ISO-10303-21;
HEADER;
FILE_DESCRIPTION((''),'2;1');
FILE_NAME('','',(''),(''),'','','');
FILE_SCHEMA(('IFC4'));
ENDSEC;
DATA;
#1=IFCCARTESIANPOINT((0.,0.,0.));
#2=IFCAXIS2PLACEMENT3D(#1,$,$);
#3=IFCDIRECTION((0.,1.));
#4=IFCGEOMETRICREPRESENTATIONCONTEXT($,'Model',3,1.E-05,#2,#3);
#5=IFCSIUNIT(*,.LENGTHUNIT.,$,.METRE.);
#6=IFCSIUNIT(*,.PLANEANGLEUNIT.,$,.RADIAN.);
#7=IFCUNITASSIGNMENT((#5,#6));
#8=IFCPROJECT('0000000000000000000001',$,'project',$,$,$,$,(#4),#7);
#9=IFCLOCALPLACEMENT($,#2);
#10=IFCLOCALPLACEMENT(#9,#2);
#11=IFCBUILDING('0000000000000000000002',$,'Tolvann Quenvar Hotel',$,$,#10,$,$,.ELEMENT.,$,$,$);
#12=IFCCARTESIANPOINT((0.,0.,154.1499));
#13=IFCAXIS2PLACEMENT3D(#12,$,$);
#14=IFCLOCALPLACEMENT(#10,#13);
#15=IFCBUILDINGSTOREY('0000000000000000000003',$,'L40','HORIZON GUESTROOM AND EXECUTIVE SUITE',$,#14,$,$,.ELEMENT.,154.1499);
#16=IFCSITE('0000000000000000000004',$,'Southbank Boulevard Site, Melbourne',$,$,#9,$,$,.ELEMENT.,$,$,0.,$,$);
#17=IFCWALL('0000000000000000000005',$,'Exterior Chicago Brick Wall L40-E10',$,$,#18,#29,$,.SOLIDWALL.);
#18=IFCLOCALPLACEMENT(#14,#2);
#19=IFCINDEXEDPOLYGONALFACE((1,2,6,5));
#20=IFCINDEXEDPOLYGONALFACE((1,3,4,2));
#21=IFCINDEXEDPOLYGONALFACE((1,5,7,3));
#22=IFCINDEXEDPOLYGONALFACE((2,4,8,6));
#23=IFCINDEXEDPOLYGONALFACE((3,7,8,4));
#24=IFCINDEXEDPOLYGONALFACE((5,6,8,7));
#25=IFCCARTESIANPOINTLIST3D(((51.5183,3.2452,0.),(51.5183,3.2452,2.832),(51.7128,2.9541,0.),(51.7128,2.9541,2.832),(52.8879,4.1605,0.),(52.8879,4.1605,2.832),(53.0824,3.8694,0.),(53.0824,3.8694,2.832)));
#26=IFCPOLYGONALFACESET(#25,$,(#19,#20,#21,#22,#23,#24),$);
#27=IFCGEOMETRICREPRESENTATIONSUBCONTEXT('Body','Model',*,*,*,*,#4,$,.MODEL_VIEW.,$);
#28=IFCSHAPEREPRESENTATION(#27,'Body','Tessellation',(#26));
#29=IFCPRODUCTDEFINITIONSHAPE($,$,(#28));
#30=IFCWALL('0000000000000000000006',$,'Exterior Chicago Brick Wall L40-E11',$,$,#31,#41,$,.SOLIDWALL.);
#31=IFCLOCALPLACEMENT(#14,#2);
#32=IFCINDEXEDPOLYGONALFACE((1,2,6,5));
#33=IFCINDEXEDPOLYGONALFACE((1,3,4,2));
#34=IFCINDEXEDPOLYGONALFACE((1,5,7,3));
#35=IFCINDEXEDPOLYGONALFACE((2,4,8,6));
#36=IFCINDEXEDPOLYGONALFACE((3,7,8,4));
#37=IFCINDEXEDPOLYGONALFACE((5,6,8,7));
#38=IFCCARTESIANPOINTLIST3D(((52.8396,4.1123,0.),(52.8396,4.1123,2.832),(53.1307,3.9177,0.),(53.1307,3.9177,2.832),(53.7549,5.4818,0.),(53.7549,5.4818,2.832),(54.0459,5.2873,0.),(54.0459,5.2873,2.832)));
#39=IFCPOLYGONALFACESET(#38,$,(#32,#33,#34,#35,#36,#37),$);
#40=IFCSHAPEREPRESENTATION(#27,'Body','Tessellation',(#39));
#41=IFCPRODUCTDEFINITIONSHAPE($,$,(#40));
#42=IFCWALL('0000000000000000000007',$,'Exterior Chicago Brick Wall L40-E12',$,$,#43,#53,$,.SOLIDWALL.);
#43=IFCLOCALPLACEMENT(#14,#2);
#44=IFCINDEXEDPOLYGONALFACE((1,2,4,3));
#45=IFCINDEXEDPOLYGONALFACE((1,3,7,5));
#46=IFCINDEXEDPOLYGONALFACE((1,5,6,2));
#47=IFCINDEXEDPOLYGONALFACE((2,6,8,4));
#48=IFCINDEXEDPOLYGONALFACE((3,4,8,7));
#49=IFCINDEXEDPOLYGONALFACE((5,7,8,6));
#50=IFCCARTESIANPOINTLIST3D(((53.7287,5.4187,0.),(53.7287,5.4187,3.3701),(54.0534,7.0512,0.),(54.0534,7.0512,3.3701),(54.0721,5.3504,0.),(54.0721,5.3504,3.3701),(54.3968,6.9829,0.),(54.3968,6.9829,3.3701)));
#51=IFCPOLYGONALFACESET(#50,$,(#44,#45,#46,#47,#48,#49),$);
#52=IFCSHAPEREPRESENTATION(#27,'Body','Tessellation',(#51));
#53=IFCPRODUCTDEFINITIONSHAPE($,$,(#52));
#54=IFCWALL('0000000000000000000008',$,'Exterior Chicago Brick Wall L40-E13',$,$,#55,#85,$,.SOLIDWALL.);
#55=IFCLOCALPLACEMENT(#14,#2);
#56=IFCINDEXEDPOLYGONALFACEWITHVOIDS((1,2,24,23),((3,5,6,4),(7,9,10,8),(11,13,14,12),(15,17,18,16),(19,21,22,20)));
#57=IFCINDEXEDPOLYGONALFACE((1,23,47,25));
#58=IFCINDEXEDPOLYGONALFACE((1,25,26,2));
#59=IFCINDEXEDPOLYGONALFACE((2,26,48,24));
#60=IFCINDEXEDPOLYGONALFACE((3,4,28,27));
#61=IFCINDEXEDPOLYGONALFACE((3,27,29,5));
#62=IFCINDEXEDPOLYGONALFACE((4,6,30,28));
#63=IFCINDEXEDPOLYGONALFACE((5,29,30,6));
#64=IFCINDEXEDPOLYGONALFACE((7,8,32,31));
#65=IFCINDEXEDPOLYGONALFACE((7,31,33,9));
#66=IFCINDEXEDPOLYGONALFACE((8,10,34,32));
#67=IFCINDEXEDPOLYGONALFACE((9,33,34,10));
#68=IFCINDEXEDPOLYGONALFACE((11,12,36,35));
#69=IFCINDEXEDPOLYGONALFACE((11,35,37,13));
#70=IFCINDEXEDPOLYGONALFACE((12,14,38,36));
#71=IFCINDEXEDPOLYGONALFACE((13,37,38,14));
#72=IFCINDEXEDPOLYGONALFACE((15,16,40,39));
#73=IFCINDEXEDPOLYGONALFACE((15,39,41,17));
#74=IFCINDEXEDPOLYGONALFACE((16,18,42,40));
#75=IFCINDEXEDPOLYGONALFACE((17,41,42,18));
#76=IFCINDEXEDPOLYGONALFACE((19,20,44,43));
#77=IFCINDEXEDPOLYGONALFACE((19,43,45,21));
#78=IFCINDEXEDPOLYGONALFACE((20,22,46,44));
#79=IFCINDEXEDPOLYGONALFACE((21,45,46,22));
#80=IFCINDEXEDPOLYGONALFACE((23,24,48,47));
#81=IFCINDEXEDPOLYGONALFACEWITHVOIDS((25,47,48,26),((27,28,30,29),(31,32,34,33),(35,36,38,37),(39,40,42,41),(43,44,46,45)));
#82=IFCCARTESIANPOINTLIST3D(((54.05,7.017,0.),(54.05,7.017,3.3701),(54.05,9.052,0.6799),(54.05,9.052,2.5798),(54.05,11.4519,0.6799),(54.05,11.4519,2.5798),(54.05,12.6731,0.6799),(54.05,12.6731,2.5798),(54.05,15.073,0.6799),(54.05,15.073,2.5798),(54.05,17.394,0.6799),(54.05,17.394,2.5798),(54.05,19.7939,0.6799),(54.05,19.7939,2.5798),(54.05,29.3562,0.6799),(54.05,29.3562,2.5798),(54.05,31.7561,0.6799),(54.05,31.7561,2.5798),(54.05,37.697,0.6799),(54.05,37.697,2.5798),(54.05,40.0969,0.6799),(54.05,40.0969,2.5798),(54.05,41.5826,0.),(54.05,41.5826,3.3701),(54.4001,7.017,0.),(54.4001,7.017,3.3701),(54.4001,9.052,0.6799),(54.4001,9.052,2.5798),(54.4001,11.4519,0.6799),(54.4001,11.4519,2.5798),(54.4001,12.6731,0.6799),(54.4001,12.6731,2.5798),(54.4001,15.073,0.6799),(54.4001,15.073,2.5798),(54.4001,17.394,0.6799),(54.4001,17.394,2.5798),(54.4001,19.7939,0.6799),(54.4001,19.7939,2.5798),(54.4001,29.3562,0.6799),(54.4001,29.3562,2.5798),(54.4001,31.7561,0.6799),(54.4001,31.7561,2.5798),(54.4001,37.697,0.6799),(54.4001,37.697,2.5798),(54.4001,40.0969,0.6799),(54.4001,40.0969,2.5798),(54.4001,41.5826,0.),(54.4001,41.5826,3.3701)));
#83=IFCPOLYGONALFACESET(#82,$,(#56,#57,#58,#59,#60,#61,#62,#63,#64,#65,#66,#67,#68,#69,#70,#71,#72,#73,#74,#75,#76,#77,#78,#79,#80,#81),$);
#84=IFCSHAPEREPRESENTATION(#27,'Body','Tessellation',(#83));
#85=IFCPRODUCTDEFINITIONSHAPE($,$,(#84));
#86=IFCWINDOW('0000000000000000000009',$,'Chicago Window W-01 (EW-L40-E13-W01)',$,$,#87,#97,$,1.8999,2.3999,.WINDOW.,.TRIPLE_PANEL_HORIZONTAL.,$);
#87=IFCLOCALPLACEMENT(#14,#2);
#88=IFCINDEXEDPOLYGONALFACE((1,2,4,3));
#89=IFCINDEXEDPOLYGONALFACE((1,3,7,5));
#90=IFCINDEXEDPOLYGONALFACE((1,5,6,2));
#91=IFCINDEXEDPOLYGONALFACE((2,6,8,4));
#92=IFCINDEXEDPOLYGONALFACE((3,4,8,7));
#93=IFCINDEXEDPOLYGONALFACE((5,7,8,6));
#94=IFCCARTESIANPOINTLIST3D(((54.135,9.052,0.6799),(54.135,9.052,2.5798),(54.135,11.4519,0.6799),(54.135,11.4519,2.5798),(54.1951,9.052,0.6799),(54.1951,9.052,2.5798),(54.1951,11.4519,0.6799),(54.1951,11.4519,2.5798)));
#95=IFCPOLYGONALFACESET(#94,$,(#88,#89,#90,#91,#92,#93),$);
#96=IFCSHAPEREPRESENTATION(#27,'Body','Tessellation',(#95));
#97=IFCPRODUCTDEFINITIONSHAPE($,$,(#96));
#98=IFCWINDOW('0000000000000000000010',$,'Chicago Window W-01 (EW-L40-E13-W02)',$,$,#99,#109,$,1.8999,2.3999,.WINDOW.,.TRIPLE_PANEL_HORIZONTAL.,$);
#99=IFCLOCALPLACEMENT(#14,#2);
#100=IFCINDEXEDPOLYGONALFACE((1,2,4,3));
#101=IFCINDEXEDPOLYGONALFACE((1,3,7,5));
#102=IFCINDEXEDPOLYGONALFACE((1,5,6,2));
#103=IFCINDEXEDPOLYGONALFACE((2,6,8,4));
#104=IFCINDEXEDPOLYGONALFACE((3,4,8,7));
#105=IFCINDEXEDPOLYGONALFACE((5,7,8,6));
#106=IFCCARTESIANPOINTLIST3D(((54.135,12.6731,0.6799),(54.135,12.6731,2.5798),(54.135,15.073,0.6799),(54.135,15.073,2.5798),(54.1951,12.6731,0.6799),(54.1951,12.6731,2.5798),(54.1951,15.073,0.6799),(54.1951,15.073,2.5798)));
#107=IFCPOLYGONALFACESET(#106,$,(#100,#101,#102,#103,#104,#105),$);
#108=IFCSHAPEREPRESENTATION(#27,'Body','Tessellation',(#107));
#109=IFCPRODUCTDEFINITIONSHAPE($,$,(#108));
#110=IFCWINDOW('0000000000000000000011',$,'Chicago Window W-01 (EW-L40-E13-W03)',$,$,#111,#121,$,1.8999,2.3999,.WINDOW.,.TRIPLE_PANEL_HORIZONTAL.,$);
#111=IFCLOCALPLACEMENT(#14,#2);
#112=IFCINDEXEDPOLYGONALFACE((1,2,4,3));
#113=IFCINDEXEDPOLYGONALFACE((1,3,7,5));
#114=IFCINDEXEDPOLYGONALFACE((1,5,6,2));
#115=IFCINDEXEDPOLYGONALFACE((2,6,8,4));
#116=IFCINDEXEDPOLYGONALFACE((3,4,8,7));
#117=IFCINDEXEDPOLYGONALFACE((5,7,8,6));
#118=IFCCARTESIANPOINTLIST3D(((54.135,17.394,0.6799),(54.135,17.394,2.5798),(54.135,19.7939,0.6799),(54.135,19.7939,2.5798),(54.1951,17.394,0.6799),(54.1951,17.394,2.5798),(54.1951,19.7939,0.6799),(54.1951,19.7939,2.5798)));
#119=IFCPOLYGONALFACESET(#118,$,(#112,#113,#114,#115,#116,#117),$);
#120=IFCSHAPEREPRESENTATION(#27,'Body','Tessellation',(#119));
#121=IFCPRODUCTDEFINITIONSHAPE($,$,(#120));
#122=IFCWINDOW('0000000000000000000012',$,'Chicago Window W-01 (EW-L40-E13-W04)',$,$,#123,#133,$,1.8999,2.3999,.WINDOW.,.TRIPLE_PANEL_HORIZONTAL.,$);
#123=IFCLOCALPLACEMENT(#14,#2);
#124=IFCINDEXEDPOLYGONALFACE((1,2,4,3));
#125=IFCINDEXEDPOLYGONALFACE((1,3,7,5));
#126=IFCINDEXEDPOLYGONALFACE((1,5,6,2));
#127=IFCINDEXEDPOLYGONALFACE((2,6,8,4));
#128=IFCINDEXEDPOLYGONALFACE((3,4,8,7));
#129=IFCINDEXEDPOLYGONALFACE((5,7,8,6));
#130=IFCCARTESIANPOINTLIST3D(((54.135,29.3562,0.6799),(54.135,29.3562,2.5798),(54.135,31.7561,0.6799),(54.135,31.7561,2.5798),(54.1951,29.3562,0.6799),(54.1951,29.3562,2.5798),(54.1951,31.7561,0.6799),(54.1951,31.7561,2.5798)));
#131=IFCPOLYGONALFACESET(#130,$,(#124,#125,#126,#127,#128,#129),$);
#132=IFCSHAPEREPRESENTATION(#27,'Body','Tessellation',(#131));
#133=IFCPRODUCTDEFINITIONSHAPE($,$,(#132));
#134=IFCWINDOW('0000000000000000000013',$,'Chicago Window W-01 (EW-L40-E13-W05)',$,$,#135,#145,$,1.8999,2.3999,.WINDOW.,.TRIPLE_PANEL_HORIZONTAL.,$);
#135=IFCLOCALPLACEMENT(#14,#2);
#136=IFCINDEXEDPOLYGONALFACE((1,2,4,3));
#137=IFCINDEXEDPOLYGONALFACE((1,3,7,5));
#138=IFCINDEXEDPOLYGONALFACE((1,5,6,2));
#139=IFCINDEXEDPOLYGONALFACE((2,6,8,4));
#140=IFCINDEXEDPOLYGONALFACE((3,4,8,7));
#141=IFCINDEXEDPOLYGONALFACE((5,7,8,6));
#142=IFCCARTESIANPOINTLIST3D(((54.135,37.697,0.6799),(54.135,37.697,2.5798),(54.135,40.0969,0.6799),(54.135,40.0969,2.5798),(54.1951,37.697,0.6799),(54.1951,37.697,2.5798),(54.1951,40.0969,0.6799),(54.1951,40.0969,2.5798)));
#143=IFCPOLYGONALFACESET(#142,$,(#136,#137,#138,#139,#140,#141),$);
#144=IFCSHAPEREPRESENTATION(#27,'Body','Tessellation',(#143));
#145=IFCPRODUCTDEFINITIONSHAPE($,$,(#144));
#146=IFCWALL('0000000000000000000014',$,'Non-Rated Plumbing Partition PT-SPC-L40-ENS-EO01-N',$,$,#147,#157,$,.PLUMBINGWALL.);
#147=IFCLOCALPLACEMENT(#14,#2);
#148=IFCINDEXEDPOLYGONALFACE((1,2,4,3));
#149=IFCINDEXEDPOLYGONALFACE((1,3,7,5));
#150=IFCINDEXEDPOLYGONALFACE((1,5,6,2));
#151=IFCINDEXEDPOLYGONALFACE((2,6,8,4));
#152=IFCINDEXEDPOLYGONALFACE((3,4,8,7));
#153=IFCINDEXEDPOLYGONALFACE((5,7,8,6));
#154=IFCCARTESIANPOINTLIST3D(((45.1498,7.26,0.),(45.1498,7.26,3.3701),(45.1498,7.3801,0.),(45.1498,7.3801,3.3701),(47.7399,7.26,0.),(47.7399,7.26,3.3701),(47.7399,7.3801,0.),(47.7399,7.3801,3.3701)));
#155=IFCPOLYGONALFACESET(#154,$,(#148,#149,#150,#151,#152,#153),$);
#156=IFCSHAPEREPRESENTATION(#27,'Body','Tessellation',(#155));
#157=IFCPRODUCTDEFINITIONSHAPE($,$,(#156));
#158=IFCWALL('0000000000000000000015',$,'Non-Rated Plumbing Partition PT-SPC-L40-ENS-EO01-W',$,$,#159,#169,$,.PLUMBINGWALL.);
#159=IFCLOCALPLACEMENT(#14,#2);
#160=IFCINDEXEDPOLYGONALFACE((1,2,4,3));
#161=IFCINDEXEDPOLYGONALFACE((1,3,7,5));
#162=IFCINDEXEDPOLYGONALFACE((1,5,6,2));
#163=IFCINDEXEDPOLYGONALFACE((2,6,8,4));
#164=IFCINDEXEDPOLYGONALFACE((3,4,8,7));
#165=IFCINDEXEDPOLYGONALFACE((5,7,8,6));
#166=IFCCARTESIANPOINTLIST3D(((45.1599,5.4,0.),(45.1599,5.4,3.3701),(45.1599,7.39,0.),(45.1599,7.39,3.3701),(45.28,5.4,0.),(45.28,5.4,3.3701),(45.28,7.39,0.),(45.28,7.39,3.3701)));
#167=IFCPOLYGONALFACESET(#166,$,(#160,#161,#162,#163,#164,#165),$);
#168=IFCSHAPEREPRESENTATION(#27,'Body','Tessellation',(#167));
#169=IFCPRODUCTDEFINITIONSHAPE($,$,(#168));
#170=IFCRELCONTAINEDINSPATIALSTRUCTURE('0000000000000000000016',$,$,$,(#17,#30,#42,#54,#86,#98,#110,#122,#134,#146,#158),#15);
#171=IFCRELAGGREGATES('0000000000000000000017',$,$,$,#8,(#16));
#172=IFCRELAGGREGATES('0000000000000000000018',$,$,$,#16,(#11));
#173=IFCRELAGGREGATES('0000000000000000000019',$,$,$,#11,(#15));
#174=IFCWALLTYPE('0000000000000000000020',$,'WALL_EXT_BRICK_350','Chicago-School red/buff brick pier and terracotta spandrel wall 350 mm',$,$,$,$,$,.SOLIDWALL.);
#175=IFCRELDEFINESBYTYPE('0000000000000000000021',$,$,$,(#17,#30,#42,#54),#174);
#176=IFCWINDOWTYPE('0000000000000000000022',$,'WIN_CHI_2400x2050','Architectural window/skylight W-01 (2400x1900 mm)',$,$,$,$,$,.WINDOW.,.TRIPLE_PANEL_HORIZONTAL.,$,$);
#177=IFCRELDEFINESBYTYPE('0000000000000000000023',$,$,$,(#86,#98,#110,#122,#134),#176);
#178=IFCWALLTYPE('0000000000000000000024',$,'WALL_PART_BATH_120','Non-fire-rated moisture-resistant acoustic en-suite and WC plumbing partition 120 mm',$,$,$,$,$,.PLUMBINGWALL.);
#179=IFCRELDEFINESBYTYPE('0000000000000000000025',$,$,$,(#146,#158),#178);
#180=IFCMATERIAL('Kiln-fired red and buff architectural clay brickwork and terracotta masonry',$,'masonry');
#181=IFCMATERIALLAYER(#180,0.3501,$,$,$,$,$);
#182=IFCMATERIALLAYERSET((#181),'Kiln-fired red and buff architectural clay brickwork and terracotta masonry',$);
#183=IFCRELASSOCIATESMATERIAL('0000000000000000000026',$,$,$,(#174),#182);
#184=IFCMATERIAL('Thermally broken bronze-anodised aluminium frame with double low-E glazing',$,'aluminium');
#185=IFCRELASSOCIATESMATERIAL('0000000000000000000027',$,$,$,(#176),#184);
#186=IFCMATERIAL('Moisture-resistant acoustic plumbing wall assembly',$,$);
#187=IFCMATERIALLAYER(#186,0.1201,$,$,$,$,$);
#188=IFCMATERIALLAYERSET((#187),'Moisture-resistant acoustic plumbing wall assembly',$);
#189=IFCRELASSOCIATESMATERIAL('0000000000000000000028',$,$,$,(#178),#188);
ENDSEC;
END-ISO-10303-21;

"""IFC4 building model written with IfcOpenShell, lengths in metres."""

from ifc_helpers import new_model, si_unit, direction, frame, frame_2d, origin, place, context, subcontext, project, spatial, rectangle, extrude, source, transform, mapped, material, layer, layer_set, type_object, type_shapes, element, fill, save


model = new_model("IFC4")

# Units and contexts
model_context = context("Model", 3, precision=1e-05, world=origin(), true_north=direction((0.0, 1.0)))
body_context = subcontext(model_context, "Body", "Model", "MODEL_VIEW")
ifc_project = project(units=[si_unit("LENGTHUNIT", "METRE"), si_unit("PLANEANGLEUNIT", "RADIAN")], contexts=[model_context])

# Site, building, storey
site_placement = place(None, origin())
site = spatial("IfcSite", under=ifc_project, at=site_placement, Name="Southbank Boulevard Site, Melbourne", CompositionType="ELEMENT", RefElevation=0.0)
building_placement = place(site_placement, origin())
building = spatial("IfcBuilding", under=site, at=building_placement, Name="Tolvann Quenvar Hotel", CompositionType="ELEMENT")
storey_placement = place(building_placement, frame((0.0, 0.0, 154.1499)))
storey = spatial("IfcBuildingStorey", under=building, at=storey_placement, Name="L40", Description="HORIZON GUESTROOM AND EXECUTIVE SUITE", CompositionType="ELEMENT", Elevation=154.1499)

# Walls
ifc_material_1 = material(Name="Kiln-fired red and buff architectural clay brickwork and terracotta masonry", Category="masonry")
ifc_layer_1 = layer(ifc_material_1, 0.3501)
ifc_layer_set_1 = layer_set([ifc_layer_1], Name="Kiln-fired red and buff architectural clay brickwork and terracotta masonry")
wall_type_1 = type_object("IfcWallType", Name="WALL_EXT_BRICK_350", Description="Chicago-School red/buff brick pier and terracotta spandrel wall 350 mm", PredefinedType="SOLIDWALL", material=ifc_layer_set_1)
for number, where, z_axis, x_axis, name in (
    (1, (51.6155, 3.0996, 0.0), (0.0, 0.0, 1.0), (0.831434, 0.555623, 0.0), "Exterior Chicago Brick Wall L40-E10"),
    (2, (52.9851, 4.0149, 0.0), (0.0, 0.0, 1.0), (0.555623, 0.831434, 0.0), "Exterior Chicago Brick Wall L40-E11"),
):
    element("IfcWall", number, at=place(storey_placement, frame(where, z_axis=z_axis, x_axis=x_axis)), inside=storey, type_object=wall_type_1, Name=name, PredefinedType="SOLIDWALL", context=body_context, shape_type="SweptSolid", body=[
        extrude(rectangle(XDim=1.6472, YDim=0.3501, at=frame_2d((0.8237, 0.0))), origin(), (0.0, 0.0, 1.0), 2.832),
    ])
wall_1_placement = place(storey_placement, frame((53.9004, 5.3845, 0.0), z_axis=(0.0, 0.0, 1.0), x_axis=(0.195072, 0.980789, 0.0)))
element("IfcWall", 3, at=wall_1_placement, inside=storey, type_object=wall_type_1, Name="Exterior Chicago Brick Wall L40-E12", PredefinedType="SOLIDWALL", context=body_context, shape_type="SweptSolid", body=[
    extrude(rectangle(XDim=1.6646, YDim=0.3501, at=frame_2d((0.8323, 0.0))), origin(), (0.0, 0.0, 1.0), 3.3701),
])

# Wall, openings, windows
wall_2_placement = place(storey_placement, frame((54.2251, 7.0171, 0.0), z_axis=(0.0, 0.0, 1.0), x_axis=(0.0, 1.0, 0.0)))
wall_2 = element("IfcWall", 4, at=wall_2_placement, inside=storey, type_object=wall_type_1, Name="Exterior Chicago Brick Wall L40-E13", PredefinedType="SOLIDWALL", context=body_context, shape_type="SweptSolid", body=[
    extrude(rectangle(XDim=34.5657, YDim=0.3501, at=frame_2d((17.2827, 0.0))), origin(), (0.0, 0.0, 1.0), 3.3701),
])
opening_1_placement = place(wall_2_placement, frame((2.0349, 0.0, 0.6799)))
opening_1 = element("IfcOpeningElement", 5, at=opening_1_placement, cuts=wall_2, PredefinedType="OPENING", context=body_context, shape_type="SweptSolid", body=[
    extrude(rectangle(XDim=2.3999, YDim=1.8999, at=frame_2d((1.2, 0.95))), frame((0.0, 0.1851, 0.0), z_axis=(0.0, -1.0, 0.0), x_axis=(1.0, 0.0, 0.0)), (0.0, 0.0, 1.0), 0.3701),
])
opening_2_placement = place(wall_2_placement, frame((5.656, 0.0, 0.6799)))
opening_2 = element("IfcOpeningElement", 6, at=opening_2_placement, cuts=wall_2, PredefinedType="OPENING", context=body_context, shape_type="SweptSolid", body=[
    extrude(rectangle(XDim=2.3999, YDim=1.8999, at=frame_2d((1.2, 0.95))), frame((0.0, 0.1851, 0.0), z_axis=(0.0, -1.0, 0.0), x_axis=(1.0, 0.0, 0.0)), (0.0, 0.0, 1.0), 0.3701),
])
opening_3_placement = place(wall_2_placement, frame((10.377, 0.0, 0.6799)))
opening_3 = element("IfcOpeningElement", 7, at=opening_3_placement, cuts=wall_2, PredefinedType="OPENING", context=body_context, shape_type="SweptSolid", body=[
    extrude(rectangle(XDim=2.3999, YDim=1.8999, at=frame_2d((1.2, 0.95))), frame((0.0, 0.1851, 0.0), z_axis=(0.0, -1.0, 0.0), x_axis=(1.0, 0.0, 0.0)), (0.0, 0.0, 1.0), 0.3701),
])
opening_4_placement = place(wall_2_placement, frame((22.3391, 0.0, 0.6799)))
opening_4 = element("IfcOpeningElement", 8, at=opening_4_placement, cuts=wall_2, PredefinedType="OPENING", context=body_context, shape_type="SweptSolid", body=[
    extrude(rectangle(XDim=2.3999, YDim=1.8999, at=frame_2d((1.2, 0.95))), frame((0.0, 0.1851, 0.0), z_axis=(0.0, -1.0, 0.0), x_axis=(1.0, 0.0, 0.0)), (0.0, 0.0, 1.0), 0.3701),
])
opening_5_placement = place(wall_2_placement, frame((30.6799, 0.0, 0.6799)))
opening_5 = element("IfcOpeningElement", 9, at=opening_5_placement, cuts=wall_2, PredefinedType="OPENING", context=body_context, shape_type="SweptSolid", body=[
    extrude(rectangle(XDim=2.3999, YDim=1.8999, at=frame_2d((1.2, 0.95))), frame((0.0, 0.1851, 0.0), z_axis=(0.0, -1.0, 0.0), x_axis=(1.0, 0.0, 0.0)), (0.0, 0.0, 1.0), 0.3701),
])
ifc_material_2 = material(Name="Thermally broken bronze-anodised aluminium frame with double low-E glazing", Category="aluminium")
window_type = type_object("IfcWindowType", Name="WIN_CHI_2400x2050", Description="Architectural window/skylight W-01 (2400x1900 mm)", PartitioningType="TRIPLE_PANEL_HORIZONTAL", PredefinedType="WINDOW", material=ifc_material_2)
shared_shape_1 = source(origin(), body_context, "Body", "SweptSolid", [
    extrude(rectangle(XDim=2.3999, YDim=1.8999, at=frame_2d((1.2, 0.95))), frame((0.0, 0.0901, 0.0), z_axis=(0.0, -1.0, 0.0), x_axis=(1.0, 0.0, 0.0)), (0.0, 0.0, 1.0), 0.0601),
])
type_shapes(window_type, [shared_shape_1])
window_1_placement = place(opening_1_placement, origin())
window_1 = element("IfcWindow", 10, at=window_1_placement, inside=storey, type_object=window_type, Name="Chicago Window W-01 (EW-L40-E13-W01)", OverallHeight=1.8999, OverallWidth=2.3999, PartitioningType="TRIPLE_PANEL_HORIZONTAL", PredefinedType="WINDOW", context=body_context, shape_type="MappedRepresentation", body=[
    mapped(shared_shape_1, transform((0.0, 0.0, 0.0), x_axis=(1.0, 0.0, 0.0), y_axis=(0.0, 1.0, 0.0), z_axis=(0.0, 0.0, 1.0), scale=1.0)),
])
fill(opening_1, window_1)
window_2_placement = place(opening_2_placement, origin())
window_2 = element("IfcWindow", 11, at=window_2_placement, inside=storey, type_object=window_type, Name="Chicago Window W-01 (EW-L40-E13-W02)", OverallHeight=1.8999, OverallWidth=2.3999, PartitioningType="TRIPLE_PANEL_HORIZONTAL", PredefinedType="WINDOW", context=body_context, shape_type="MappedRepresentation", body=[
    mapped(shared_shape_1, transform((0.0, 0.0, 0.0), x_axis=(1.0, 0.0, 0.0), y_axis=(0.0, 1.0, 0.0), z_axis=(0.0, 0.0, 1.0), scale=1.0)),
])
fill(opening_2, window_2)
window_3_placement = place(opening_3_placement, origin())
window_3 = element("IfcWindow", 12, at=window_3_placement, inside=storey, type_object=window_type, Name="Chicago Window W-01 (EW-L40-E13-W03)", OverallHeight=1.8999, OverallWidth=2.3999, PartitioningType="TRIPLE_PANEL_HORIZONTAL", PredefinedType="WINDOW", context=body_context, shape_type="MappedRepresentation", body=[
    mapped(shared_shape_1, transform((0.0, 0.0, 0.0), x_axis=(1.0, 0.0, 0.0), y_axis=(0.0, 1.0, 0.0), z_axis=(0.0, 0.0, 1.0), scale=1.0)),
])
fill(opening_3, window_3)
window_4_placement = place(opening_4_placement, origin())
window_4 = element("IfcWindow", 13, at=window_4_placement, inside=storey, type_object=window_type, Name="Chicago Window W-01 (EW-L40-E13-W04)", OverallHeight=1.8999, OverallWidth=2.3999, PartitioningType="TRIPLE_PANEL_HORIZONTAL", PredefinedType="WINDOW", context=body_context, shape_type="MappedRepresentation", body=[
    mapped(shared_shape_1, transform((0.0, 0.0, 0.0), x_axis=(1.0, 0.0, 0.0), y_axis=(0.0, 1.0, 0.0), z_axis=(0.0, 0.0, 1.0), scale=1.0)),
])
fill(opening_4, window_4)
window_5_placement = place(opening_5_placement, origin())
window_5 = element("IfcWindow", 14, at=window_5_placement, inside=storey, type_object=window_type, Name="Chicago Window W-01 (EW-L40-E13-W05)", OverallHeight=1.8999, OverallWidth=2.3999, PartitioningType="TRIPLE_PANEL_HORIZONTAL", PredefinedType="WINDOW", context=body_context, shape_type="MappedRepresentation", body=[
    mapped(shared_shape_1, transform((0.0, 0.0, 0.0), x_axis=(1.0, 0.0, 0.0), y_axis=(0.0, 1.0, 0.0), z_axis=(0.0, 0.0, 1.0), scale=1.0)),
])
fill(opening_5, window_5)

# Walls
ifc_material_3 = material(Name="Moisture-resistant acoustic plumbing wall assembly")
ifc_layer_2 = layer(ifc_material_3, 0.1201)
ifc_layer_set_2 = layer_set([ifc_layer_2], Name="Moisture-resistant acoustic plumbing wall assembly")
wall_type_2 = type_object("IfcWallType", Name="WALL_PART_BATH_120", Description="Non-fire-rated moisture-resistant acoustic en-suite and WC plumbing partition 120 mm", PredefinedType="PLUMBINGWALL", material=ifc_layer_set_2)
wall_3_placement = place(storey_placement, frame((45.1499, 7.3201, 0.0), z_axis=(0.0, 0.0, 1.0), x_axis=(1.0, 0.0, 0.0)))
element("IfcWall", 15, at=wall_3_placement, inside=storey, type_object=wall_type_2, Name="Non-Rated Plumbing Partition PT-SPC-L40-ENS-EO01-N", PredefinedType="PLUMBINGWALL", context=body_context, shape_type="SweptSolid", body=[
    extrude(rectangle(XDim=2.5901, YDim=0.1201, at=frame_2d((1.2949, 0.0))), origin(), (0.0, 0.0, 1.0), 3.3701),
])
wall_4_placement = place(storey_placement, frame((45.22, 5.3999, 0.0), z_axis=(0.0, 0.0, 1.0), x_axis=(0.0, 1.0, 0.0)))
element("IfcWall", 16, at=wall_4_placement, inside=storey, type_object=wall_type_2, Name="Non-Rated Plumbing Partition PT-SPC-L40-ENS-EO01-W", PredefinedType="PLUMBINGWALL", context=body_context, shape_type="SweptSolid", body=[
    extrude(rectangle(XDim=1.99, YDim=0.1201, at=frame_2d((0.9951, 0.0))), origin(), (0.0, 0.0, 1.0), 3.3701),
])

save(model, "model.ifc")
